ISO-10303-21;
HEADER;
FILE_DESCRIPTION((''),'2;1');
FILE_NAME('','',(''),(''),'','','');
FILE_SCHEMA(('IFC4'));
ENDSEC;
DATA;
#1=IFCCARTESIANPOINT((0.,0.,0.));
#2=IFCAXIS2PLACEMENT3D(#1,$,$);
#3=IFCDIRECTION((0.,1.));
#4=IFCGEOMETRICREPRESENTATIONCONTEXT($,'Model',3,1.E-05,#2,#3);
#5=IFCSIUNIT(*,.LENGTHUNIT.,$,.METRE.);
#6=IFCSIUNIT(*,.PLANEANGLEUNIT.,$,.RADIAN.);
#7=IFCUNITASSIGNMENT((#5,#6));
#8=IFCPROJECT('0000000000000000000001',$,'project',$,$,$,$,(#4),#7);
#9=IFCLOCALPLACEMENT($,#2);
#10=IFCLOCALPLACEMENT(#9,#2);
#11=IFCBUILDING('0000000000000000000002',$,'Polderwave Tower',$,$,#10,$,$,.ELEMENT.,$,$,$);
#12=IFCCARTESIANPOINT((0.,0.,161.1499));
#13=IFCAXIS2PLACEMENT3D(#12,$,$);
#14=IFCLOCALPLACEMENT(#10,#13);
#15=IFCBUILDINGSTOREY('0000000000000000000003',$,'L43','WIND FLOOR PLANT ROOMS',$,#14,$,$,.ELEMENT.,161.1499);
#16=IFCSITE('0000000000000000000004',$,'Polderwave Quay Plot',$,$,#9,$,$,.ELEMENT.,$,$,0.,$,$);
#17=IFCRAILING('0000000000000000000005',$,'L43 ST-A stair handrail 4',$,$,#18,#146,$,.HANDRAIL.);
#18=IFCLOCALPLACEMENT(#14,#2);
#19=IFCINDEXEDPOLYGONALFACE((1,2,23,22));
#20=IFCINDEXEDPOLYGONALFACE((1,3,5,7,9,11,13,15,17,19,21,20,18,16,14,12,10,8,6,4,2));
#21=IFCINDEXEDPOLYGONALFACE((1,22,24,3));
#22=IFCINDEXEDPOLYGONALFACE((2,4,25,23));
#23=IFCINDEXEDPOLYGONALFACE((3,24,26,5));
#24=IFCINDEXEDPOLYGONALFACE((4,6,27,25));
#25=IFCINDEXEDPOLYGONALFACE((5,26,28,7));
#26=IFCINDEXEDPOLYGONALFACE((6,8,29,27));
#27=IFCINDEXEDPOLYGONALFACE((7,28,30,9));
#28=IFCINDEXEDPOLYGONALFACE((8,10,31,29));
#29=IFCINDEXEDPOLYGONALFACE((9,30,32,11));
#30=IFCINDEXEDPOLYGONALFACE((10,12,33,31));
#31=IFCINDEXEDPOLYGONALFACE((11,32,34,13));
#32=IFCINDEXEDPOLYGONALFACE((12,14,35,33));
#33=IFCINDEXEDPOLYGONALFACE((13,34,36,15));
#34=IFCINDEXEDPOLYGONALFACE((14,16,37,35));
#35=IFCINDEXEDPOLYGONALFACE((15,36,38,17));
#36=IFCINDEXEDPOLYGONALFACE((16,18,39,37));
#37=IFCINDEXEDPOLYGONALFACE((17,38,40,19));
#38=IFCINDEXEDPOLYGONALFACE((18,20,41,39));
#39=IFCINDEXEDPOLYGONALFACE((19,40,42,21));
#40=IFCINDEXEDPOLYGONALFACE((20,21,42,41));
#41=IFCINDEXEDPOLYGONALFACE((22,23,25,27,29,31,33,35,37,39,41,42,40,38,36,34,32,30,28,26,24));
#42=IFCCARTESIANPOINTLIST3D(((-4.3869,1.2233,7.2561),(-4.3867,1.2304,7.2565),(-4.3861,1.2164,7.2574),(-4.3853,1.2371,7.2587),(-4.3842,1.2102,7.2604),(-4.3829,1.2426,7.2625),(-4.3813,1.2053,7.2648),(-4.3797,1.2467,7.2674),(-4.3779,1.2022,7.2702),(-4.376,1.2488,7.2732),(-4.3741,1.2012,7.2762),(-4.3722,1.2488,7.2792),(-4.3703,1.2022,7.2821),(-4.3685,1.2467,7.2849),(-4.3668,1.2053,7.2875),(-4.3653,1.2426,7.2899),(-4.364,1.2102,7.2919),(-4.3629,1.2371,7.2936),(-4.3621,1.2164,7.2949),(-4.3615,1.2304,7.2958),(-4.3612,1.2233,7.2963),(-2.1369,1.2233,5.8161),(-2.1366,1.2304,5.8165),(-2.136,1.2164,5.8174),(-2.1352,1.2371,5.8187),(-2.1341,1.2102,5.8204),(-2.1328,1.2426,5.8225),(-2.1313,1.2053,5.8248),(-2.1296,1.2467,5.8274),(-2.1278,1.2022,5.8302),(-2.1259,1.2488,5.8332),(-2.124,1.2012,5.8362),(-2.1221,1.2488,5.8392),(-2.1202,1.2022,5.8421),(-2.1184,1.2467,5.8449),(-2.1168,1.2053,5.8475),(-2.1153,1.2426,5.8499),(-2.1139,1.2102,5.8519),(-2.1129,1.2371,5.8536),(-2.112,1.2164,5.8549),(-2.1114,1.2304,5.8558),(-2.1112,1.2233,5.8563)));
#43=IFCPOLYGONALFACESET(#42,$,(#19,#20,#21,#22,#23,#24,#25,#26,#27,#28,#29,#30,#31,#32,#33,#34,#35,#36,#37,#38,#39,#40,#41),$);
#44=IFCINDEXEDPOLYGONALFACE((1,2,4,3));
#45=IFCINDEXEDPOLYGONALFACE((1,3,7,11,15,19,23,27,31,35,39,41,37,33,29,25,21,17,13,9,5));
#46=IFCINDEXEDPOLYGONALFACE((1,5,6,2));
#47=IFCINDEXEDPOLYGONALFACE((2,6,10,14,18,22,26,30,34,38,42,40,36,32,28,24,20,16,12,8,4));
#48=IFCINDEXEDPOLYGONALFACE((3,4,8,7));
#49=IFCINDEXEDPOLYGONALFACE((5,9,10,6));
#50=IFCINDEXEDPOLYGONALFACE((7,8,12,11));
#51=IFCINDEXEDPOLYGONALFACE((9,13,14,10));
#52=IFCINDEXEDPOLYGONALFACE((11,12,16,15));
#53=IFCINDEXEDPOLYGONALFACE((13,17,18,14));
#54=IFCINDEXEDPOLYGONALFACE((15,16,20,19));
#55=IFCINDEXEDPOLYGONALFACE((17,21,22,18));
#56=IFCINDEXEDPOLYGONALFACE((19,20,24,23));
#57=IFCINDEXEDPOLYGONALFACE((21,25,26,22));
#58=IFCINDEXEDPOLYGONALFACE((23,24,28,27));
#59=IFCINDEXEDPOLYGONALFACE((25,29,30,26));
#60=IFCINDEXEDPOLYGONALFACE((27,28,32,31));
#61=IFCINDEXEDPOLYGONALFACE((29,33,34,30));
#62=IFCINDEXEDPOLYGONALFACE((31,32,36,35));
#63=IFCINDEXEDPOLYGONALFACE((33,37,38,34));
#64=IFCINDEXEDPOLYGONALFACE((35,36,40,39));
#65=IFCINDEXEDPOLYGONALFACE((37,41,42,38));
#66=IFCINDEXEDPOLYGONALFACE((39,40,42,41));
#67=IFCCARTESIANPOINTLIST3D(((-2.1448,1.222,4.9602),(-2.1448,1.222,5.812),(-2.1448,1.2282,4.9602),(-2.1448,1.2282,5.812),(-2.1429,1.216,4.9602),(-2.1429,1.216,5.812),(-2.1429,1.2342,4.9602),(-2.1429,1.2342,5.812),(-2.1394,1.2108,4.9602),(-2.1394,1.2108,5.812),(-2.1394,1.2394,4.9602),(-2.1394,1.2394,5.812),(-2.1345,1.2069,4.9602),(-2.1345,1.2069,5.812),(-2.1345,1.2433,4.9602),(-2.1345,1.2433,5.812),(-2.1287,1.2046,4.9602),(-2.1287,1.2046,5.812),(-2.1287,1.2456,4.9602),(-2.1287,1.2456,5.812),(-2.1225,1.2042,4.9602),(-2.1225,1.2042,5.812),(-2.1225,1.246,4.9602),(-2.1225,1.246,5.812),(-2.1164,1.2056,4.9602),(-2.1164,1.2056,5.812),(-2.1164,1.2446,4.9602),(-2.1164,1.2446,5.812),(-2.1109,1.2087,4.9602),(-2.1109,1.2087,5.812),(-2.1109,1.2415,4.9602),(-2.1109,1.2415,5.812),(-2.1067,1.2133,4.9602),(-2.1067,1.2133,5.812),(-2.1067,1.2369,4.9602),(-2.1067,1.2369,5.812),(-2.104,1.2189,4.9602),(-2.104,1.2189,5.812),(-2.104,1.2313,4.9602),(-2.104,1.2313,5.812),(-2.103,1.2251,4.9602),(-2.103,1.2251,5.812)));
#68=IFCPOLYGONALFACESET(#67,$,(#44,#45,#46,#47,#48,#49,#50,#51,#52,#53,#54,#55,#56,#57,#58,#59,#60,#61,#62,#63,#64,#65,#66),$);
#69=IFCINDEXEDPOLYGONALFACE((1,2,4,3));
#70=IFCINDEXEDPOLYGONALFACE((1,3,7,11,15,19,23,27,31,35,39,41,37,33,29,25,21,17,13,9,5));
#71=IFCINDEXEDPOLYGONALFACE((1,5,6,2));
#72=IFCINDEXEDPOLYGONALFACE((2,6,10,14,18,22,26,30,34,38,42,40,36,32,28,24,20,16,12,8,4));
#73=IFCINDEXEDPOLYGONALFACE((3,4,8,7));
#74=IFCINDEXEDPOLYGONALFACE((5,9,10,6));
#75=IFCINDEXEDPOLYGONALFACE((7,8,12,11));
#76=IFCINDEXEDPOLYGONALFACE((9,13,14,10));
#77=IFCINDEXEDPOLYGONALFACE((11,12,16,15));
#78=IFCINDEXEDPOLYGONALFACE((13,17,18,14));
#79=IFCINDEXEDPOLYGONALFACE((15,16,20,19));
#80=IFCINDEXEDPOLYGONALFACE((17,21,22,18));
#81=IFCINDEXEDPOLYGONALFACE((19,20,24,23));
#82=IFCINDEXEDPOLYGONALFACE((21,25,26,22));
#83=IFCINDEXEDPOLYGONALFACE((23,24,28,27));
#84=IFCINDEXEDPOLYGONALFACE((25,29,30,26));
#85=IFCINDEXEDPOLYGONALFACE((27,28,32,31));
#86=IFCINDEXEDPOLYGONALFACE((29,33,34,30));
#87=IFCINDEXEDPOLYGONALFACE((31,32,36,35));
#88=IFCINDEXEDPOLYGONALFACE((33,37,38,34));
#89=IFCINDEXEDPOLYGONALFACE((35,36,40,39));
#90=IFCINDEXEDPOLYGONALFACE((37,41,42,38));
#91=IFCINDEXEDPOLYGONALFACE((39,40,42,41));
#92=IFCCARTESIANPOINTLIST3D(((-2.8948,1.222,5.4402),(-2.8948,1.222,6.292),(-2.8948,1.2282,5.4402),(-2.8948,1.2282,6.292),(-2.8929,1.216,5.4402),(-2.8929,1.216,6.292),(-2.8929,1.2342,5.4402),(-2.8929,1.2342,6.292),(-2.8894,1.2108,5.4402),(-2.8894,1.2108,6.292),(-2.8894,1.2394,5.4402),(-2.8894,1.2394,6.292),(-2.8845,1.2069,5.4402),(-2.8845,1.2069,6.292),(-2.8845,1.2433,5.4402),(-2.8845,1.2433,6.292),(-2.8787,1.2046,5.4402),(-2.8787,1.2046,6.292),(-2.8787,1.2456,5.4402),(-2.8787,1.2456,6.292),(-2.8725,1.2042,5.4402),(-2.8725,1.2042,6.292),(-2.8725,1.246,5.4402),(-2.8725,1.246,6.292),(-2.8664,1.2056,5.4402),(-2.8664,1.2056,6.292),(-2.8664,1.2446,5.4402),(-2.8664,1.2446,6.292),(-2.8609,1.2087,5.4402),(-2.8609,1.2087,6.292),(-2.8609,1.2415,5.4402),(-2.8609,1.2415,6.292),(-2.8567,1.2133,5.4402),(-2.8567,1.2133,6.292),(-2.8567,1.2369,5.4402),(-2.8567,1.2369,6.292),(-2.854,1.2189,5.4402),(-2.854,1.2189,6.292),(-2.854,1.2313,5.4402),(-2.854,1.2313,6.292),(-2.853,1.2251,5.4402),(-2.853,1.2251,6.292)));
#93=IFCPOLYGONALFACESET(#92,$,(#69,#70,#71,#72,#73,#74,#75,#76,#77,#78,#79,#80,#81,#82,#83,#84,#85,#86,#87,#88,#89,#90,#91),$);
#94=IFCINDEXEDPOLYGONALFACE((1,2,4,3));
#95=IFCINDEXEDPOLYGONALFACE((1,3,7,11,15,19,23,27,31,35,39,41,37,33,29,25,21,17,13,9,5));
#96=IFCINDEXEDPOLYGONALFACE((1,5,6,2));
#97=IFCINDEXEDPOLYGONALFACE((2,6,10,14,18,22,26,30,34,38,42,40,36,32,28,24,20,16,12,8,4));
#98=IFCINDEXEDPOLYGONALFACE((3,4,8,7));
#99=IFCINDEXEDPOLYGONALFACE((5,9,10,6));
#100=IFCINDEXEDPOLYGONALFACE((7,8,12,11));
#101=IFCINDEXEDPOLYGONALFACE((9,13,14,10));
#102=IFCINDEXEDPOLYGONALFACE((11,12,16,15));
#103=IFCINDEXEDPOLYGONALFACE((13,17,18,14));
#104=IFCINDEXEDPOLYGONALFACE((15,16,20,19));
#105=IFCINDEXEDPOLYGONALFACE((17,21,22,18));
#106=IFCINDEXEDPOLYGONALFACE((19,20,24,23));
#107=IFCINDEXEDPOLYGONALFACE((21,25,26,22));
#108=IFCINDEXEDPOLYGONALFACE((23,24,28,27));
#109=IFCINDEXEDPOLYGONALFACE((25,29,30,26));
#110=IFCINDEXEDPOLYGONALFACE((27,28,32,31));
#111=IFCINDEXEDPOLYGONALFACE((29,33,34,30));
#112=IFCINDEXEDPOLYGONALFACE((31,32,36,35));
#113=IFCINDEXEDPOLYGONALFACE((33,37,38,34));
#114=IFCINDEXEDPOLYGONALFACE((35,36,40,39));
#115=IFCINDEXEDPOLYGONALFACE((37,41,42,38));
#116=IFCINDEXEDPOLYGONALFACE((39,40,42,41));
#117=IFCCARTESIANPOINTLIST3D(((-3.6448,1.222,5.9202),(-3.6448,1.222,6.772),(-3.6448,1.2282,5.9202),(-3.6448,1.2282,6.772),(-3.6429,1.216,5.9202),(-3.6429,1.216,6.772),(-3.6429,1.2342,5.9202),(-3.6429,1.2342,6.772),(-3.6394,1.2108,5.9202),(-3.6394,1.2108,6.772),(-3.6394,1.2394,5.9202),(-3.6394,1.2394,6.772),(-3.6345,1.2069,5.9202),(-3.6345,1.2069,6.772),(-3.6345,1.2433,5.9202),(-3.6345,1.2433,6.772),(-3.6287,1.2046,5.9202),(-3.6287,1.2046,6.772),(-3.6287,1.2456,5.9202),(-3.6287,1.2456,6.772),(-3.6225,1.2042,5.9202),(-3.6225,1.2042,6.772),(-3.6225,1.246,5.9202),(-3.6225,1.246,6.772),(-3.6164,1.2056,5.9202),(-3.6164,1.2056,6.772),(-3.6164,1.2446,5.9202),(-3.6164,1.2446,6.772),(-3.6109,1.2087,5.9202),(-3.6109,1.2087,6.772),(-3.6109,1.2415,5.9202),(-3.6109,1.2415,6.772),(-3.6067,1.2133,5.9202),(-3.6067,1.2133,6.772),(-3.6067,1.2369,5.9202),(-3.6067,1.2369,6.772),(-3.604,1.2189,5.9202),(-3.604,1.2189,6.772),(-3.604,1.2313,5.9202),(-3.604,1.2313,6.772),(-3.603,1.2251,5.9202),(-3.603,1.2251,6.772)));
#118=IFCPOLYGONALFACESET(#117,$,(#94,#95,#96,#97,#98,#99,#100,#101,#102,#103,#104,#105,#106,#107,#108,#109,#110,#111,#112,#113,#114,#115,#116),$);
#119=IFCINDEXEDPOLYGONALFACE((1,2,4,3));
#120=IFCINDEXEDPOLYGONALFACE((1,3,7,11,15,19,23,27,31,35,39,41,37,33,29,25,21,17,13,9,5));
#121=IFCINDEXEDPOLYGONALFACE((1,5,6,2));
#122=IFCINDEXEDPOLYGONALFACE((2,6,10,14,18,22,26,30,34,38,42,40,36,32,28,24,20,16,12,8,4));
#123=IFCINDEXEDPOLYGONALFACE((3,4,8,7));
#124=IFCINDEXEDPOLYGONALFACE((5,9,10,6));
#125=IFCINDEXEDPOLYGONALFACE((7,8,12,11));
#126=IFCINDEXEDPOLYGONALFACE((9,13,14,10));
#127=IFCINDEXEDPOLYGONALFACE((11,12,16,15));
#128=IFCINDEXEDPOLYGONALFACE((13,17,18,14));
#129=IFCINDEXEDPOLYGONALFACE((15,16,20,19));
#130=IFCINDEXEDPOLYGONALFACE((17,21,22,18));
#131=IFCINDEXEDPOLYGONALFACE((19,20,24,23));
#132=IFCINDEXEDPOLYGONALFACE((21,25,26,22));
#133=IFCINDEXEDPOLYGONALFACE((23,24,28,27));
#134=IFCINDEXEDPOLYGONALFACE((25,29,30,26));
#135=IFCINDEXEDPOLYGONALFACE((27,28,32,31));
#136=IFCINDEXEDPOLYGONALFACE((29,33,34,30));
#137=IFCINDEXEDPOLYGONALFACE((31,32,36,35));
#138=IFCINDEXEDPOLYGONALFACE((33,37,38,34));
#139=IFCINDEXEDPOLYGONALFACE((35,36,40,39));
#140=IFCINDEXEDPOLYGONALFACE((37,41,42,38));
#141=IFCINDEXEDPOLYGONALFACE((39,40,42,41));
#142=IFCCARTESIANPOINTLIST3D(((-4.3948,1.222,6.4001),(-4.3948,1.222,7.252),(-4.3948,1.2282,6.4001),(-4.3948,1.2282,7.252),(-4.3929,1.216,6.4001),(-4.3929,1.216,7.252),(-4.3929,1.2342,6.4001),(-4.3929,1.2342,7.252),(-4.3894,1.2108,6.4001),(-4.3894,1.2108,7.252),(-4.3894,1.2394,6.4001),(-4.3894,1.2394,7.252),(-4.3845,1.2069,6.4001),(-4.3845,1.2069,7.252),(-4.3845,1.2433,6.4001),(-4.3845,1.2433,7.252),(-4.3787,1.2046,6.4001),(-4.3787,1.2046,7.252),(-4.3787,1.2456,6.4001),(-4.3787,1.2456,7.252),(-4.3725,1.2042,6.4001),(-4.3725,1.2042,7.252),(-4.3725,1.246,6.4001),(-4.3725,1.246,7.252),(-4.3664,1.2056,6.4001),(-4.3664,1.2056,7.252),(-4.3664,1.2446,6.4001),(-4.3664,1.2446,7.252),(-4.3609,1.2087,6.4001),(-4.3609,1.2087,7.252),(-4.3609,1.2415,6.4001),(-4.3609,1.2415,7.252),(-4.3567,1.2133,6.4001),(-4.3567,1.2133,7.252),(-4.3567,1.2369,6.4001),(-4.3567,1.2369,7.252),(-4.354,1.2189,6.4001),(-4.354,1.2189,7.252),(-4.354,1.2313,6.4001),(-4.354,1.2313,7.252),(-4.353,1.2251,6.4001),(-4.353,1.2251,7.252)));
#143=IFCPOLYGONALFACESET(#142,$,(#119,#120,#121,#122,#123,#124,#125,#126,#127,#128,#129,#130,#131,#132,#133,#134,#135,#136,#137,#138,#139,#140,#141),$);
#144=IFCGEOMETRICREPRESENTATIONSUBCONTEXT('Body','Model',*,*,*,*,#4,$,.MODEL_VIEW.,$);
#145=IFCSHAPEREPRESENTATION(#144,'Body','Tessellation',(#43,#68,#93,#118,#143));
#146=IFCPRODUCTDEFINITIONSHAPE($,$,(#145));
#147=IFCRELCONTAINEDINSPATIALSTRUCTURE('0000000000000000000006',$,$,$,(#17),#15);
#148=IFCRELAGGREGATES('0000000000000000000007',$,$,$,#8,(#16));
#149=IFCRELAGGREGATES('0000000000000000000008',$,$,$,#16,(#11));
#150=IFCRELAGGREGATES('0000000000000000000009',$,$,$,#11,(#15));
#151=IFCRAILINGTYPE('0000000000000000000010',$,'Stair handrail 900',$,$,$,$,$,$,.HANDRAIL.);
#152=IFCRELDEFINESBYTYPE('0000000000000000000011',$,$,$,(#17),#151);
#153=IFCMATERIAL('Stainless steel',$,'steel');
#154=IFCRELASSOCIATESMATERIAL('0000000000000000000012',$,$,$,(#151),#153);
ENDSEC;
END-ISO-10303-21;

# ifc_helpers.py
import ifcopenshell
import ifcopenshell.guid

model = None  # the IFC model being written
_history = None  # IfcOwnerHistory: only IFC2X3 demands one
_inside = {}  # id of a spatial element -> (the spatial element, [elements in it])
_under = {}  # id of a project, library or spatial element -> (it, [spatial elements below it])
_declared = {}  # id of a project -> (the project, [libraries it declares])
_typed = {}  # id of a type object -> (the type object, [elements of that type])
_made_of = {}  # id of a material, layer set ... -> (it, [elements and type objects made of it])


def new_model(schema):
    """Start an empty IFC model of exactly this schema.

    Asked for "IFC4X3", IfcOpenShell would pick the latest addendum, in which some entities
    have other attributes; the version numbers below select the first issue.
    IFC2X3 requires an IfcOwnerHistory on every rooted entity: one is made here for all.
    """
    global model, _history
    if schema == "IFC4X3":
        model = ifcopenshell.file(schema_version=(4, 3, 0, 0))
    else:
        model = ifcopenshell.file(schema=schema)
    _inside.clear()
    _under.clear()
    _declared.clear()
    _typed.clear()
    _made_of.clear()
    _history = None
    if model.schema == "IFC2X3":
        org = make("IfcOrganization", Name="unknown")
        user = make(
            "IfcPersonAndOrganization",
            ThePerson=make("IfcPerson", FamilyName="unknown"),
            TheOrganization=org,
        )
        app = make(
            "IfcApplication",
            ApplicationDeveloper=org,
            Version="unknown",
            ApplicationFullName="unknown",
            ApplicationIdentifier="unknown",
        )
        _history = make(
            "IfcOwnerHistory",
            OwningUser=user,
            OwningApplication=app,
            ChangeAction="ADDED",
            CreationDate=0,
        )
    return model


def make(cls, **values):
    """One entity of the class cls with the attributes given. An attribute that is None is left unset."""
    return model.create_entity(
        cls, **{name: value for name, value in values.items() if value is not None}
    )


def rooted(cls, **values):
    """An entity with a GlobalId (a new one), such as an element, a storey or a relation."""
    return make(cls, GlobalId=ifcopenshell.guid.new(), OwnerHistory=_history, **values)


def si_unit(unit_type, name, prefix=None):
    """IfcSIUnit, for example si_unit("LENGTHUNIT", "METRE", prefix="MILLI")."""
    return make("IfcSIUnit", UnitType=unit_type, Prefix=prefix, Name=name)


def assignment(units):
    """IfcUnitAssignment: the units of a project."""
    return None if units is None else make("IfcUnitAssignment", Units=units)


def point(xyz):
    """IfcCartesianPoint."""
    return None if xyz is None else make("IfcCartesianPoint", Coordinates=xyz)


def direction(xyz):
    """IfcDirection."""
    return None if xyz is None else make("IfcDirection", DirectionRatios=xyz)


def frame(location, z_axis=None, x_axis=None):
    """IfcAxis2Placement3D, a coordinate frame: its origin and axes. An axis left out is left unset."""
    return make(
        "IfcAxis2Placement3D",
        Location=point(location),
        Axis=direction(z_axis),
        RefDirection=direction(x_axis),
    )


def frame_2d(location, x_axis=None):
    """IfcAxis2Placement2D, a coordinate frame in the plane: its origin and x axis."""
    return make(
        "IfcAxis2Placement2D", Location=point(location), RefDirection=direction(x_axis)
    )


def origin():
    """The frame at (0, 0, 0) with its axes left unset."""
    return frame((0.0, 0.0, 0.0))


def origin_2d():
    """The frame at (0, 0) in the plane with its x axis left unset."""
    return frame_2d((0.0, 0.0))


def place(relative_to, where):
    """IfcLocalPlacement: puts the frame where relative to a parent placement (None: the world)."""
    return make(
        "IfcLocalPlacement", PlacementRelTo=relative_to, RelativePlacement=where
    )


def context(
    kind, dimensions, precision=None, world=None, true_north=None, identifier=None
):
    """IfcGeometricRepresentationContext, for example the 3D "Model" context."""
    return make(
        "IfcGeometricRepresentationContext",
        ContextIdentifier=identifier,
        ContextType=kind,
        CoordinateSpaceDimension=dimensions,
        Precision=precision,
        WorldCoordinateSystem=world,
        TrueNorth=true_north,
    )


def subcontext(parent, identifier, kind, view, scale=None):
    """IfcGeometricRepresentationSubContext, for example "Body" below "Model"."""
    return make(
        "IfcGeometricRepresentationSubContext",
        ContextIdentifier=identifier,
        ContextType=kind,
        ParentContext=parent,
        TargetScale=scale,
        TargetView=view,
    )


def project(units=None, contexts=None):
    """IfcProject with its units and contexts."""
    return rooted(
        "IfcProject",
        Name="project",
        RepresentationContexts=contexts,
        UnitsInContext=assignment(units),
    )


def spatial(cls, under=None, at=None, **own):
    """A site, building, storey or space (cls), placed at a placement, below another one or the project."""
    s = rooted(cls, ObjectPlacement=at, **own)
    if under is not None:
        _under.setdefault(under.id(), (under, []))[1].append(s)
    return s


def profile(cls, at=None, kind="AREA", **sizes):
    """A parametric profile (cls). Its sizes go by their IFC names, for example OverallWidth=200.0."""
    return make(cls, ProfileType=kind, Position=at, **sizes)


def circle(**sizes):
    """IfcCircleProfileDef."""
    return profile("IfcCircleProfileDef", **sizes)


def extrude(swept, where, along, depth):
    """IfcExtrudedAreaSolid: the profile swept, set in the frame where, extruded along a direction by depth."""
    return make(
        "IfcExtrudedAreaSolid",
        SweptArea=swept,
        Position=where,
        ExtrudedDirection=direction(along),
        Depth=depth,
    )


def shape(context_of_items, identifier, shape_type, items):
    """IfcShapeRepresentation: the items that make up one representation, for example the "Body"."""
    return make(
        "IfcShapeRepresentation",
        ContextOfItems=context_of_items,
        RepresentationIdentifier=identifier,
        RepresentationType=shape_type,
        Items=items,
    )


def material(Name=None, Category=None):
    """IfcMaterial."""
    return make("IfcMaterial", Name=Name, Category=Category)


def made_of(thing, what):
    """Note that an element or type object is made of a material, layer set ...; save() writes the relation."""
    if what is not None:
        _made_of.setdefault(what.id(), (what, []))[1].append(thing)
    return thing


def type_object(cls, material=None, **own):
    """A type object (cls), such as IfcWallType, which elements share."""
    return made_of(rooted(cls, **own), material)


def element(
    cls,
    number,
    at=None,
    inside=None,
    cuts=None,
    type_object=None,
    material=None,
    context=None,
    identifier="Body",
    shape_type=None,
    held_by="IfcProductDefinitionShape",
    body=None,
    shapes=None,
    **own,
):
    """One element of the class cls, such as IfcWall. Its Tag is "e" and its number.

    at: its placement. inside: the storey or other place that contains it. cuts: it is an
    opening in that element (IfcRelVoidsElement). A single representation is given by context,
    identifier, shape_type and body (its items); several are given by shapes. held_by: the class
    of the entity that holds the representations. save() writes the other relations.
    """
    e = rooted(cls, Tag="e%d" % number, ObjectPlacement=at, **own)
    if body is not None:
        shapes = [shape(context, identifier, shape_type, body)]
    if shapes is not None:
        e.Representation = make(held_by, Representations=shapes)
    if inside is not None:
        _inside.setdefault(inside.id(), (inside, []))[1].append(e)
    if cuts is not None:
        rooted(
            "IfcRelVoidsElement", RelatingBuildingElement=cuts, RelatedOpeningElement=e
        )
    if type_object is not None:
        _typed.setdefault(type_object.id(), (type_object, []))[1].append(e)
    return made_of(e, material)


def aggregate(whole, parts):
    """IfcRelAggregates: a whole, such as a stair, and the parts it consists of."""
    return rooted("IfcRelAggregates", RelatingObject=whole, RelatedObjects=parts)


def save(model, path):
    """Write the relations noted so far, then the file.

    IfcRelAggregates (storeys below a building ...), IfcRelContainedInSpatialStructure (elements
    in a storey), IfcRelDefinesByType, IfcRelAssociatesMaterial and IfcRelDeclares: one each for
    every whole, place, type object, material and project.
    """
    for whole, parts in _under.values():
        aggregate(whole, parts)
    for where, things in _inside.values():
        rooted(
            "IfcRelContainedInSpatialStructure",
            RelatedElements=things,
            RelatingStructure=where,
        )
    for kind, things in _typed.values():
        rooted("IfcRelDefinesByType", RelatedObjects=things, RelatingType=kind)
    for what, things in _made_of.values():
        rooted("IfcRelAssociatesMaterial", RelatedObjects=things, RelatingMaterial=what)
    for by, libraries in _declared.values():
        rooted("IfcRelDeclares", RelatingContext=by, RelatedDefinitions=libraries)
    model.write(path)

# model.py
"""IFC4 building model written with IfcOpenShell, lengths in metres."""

from ifc_helpers import new_model, si_unit, direction, frame, origin, origin_2d, place, context, subcontext, project, spatial, circle, extrude, material, type_object, element, save


model = new_model("IFC4")

# Units and contexts
model_context = context("Model", 3, precision=1e-05, world=origin(), true_north=direction((0.0, 1.0)))
body_context = subcontext(model_context, "Body", "Model", "MODEL_VIEW")
ifc_project = project(units=[si_unit("LENGTHUNIT", "METRE"), si_unit("PLANEANGLEUNIT", "RADIAN")], contexts=[model_context])

# Site, building, storey
site_placement = place(None, origin())
site = spatial("IfcSite", under=ifc_project, at=site_placement, Name="Polderwave Quay Plot", CompositionType="ELEMENT", RefElevation=0.0)
building_placement = place(site_placement, origin())
building = spatial("IfcBuilding", under=site, at=building_placement, Name="Polderwave Tower", CompositionType="ELEMENT")
storey_placement = place(building_placement, frame((0.0, 0.0, 161.1499)))
storey = spatial("IfcBuildingStorey", under=building, at=storey_placement, Name="L43", Description="WIND FLOOR PLANT ROOMS", CompositionType="ELEMENT", Elevation=161.1499)

# Railing
ifc_material_1 = material(Name="Stainless steel", Category="steel")
railing_type_1 = type_object("IfcRailingType", Name="Stair handrail 900", PredefinedType="HANDRAIL", material=ifc_material_1)
railing_1_placement = place(storey_placement, frame((-2.124, 1.2251, 4.9602)))
element("IfcRailing", 1, at=railing_1_placement, inside=storey, type_object=railing_type_1, Name="L43 ST-A stair handrail 4", PredefinedType="HANDRAIL", context=body_context, shape_type="SweptSolid", body=[
    extrude(circle(Radius=0.0239, at=origin_2d()), frame((0.0, 0.0, 0.876), z_axis=(-0.842281, 0.0, 0.539038), x_axis=(0.0, -1.0, 0.0)), (0.0, 0.0, 1.0), 2.6714),
    extrude(circle(Radius=0.021, at=origin_2d()), origin(), (0.0, 0.0, 1.0), 0.8518),
    extrude(circle(Radius=0.021, at=origin_2d()), frame((-0.75, 0.0, 0.48)), (0.0, 0.0, 1.0), 0.8518),
    extrude(circle(Radius=0.021, at=origin_2d()), frame((-1.5, 0.0, 0.96)), (0.0, 0.0, 1.0), 0.8518),
    extrude(circle(Radius=0.021, at=origin_2d()), frame((-2.25, 0.0, 1.4399)), (0.0, 0.0, 1.0), 0.8518),
])

save(model, "model.ifc")
